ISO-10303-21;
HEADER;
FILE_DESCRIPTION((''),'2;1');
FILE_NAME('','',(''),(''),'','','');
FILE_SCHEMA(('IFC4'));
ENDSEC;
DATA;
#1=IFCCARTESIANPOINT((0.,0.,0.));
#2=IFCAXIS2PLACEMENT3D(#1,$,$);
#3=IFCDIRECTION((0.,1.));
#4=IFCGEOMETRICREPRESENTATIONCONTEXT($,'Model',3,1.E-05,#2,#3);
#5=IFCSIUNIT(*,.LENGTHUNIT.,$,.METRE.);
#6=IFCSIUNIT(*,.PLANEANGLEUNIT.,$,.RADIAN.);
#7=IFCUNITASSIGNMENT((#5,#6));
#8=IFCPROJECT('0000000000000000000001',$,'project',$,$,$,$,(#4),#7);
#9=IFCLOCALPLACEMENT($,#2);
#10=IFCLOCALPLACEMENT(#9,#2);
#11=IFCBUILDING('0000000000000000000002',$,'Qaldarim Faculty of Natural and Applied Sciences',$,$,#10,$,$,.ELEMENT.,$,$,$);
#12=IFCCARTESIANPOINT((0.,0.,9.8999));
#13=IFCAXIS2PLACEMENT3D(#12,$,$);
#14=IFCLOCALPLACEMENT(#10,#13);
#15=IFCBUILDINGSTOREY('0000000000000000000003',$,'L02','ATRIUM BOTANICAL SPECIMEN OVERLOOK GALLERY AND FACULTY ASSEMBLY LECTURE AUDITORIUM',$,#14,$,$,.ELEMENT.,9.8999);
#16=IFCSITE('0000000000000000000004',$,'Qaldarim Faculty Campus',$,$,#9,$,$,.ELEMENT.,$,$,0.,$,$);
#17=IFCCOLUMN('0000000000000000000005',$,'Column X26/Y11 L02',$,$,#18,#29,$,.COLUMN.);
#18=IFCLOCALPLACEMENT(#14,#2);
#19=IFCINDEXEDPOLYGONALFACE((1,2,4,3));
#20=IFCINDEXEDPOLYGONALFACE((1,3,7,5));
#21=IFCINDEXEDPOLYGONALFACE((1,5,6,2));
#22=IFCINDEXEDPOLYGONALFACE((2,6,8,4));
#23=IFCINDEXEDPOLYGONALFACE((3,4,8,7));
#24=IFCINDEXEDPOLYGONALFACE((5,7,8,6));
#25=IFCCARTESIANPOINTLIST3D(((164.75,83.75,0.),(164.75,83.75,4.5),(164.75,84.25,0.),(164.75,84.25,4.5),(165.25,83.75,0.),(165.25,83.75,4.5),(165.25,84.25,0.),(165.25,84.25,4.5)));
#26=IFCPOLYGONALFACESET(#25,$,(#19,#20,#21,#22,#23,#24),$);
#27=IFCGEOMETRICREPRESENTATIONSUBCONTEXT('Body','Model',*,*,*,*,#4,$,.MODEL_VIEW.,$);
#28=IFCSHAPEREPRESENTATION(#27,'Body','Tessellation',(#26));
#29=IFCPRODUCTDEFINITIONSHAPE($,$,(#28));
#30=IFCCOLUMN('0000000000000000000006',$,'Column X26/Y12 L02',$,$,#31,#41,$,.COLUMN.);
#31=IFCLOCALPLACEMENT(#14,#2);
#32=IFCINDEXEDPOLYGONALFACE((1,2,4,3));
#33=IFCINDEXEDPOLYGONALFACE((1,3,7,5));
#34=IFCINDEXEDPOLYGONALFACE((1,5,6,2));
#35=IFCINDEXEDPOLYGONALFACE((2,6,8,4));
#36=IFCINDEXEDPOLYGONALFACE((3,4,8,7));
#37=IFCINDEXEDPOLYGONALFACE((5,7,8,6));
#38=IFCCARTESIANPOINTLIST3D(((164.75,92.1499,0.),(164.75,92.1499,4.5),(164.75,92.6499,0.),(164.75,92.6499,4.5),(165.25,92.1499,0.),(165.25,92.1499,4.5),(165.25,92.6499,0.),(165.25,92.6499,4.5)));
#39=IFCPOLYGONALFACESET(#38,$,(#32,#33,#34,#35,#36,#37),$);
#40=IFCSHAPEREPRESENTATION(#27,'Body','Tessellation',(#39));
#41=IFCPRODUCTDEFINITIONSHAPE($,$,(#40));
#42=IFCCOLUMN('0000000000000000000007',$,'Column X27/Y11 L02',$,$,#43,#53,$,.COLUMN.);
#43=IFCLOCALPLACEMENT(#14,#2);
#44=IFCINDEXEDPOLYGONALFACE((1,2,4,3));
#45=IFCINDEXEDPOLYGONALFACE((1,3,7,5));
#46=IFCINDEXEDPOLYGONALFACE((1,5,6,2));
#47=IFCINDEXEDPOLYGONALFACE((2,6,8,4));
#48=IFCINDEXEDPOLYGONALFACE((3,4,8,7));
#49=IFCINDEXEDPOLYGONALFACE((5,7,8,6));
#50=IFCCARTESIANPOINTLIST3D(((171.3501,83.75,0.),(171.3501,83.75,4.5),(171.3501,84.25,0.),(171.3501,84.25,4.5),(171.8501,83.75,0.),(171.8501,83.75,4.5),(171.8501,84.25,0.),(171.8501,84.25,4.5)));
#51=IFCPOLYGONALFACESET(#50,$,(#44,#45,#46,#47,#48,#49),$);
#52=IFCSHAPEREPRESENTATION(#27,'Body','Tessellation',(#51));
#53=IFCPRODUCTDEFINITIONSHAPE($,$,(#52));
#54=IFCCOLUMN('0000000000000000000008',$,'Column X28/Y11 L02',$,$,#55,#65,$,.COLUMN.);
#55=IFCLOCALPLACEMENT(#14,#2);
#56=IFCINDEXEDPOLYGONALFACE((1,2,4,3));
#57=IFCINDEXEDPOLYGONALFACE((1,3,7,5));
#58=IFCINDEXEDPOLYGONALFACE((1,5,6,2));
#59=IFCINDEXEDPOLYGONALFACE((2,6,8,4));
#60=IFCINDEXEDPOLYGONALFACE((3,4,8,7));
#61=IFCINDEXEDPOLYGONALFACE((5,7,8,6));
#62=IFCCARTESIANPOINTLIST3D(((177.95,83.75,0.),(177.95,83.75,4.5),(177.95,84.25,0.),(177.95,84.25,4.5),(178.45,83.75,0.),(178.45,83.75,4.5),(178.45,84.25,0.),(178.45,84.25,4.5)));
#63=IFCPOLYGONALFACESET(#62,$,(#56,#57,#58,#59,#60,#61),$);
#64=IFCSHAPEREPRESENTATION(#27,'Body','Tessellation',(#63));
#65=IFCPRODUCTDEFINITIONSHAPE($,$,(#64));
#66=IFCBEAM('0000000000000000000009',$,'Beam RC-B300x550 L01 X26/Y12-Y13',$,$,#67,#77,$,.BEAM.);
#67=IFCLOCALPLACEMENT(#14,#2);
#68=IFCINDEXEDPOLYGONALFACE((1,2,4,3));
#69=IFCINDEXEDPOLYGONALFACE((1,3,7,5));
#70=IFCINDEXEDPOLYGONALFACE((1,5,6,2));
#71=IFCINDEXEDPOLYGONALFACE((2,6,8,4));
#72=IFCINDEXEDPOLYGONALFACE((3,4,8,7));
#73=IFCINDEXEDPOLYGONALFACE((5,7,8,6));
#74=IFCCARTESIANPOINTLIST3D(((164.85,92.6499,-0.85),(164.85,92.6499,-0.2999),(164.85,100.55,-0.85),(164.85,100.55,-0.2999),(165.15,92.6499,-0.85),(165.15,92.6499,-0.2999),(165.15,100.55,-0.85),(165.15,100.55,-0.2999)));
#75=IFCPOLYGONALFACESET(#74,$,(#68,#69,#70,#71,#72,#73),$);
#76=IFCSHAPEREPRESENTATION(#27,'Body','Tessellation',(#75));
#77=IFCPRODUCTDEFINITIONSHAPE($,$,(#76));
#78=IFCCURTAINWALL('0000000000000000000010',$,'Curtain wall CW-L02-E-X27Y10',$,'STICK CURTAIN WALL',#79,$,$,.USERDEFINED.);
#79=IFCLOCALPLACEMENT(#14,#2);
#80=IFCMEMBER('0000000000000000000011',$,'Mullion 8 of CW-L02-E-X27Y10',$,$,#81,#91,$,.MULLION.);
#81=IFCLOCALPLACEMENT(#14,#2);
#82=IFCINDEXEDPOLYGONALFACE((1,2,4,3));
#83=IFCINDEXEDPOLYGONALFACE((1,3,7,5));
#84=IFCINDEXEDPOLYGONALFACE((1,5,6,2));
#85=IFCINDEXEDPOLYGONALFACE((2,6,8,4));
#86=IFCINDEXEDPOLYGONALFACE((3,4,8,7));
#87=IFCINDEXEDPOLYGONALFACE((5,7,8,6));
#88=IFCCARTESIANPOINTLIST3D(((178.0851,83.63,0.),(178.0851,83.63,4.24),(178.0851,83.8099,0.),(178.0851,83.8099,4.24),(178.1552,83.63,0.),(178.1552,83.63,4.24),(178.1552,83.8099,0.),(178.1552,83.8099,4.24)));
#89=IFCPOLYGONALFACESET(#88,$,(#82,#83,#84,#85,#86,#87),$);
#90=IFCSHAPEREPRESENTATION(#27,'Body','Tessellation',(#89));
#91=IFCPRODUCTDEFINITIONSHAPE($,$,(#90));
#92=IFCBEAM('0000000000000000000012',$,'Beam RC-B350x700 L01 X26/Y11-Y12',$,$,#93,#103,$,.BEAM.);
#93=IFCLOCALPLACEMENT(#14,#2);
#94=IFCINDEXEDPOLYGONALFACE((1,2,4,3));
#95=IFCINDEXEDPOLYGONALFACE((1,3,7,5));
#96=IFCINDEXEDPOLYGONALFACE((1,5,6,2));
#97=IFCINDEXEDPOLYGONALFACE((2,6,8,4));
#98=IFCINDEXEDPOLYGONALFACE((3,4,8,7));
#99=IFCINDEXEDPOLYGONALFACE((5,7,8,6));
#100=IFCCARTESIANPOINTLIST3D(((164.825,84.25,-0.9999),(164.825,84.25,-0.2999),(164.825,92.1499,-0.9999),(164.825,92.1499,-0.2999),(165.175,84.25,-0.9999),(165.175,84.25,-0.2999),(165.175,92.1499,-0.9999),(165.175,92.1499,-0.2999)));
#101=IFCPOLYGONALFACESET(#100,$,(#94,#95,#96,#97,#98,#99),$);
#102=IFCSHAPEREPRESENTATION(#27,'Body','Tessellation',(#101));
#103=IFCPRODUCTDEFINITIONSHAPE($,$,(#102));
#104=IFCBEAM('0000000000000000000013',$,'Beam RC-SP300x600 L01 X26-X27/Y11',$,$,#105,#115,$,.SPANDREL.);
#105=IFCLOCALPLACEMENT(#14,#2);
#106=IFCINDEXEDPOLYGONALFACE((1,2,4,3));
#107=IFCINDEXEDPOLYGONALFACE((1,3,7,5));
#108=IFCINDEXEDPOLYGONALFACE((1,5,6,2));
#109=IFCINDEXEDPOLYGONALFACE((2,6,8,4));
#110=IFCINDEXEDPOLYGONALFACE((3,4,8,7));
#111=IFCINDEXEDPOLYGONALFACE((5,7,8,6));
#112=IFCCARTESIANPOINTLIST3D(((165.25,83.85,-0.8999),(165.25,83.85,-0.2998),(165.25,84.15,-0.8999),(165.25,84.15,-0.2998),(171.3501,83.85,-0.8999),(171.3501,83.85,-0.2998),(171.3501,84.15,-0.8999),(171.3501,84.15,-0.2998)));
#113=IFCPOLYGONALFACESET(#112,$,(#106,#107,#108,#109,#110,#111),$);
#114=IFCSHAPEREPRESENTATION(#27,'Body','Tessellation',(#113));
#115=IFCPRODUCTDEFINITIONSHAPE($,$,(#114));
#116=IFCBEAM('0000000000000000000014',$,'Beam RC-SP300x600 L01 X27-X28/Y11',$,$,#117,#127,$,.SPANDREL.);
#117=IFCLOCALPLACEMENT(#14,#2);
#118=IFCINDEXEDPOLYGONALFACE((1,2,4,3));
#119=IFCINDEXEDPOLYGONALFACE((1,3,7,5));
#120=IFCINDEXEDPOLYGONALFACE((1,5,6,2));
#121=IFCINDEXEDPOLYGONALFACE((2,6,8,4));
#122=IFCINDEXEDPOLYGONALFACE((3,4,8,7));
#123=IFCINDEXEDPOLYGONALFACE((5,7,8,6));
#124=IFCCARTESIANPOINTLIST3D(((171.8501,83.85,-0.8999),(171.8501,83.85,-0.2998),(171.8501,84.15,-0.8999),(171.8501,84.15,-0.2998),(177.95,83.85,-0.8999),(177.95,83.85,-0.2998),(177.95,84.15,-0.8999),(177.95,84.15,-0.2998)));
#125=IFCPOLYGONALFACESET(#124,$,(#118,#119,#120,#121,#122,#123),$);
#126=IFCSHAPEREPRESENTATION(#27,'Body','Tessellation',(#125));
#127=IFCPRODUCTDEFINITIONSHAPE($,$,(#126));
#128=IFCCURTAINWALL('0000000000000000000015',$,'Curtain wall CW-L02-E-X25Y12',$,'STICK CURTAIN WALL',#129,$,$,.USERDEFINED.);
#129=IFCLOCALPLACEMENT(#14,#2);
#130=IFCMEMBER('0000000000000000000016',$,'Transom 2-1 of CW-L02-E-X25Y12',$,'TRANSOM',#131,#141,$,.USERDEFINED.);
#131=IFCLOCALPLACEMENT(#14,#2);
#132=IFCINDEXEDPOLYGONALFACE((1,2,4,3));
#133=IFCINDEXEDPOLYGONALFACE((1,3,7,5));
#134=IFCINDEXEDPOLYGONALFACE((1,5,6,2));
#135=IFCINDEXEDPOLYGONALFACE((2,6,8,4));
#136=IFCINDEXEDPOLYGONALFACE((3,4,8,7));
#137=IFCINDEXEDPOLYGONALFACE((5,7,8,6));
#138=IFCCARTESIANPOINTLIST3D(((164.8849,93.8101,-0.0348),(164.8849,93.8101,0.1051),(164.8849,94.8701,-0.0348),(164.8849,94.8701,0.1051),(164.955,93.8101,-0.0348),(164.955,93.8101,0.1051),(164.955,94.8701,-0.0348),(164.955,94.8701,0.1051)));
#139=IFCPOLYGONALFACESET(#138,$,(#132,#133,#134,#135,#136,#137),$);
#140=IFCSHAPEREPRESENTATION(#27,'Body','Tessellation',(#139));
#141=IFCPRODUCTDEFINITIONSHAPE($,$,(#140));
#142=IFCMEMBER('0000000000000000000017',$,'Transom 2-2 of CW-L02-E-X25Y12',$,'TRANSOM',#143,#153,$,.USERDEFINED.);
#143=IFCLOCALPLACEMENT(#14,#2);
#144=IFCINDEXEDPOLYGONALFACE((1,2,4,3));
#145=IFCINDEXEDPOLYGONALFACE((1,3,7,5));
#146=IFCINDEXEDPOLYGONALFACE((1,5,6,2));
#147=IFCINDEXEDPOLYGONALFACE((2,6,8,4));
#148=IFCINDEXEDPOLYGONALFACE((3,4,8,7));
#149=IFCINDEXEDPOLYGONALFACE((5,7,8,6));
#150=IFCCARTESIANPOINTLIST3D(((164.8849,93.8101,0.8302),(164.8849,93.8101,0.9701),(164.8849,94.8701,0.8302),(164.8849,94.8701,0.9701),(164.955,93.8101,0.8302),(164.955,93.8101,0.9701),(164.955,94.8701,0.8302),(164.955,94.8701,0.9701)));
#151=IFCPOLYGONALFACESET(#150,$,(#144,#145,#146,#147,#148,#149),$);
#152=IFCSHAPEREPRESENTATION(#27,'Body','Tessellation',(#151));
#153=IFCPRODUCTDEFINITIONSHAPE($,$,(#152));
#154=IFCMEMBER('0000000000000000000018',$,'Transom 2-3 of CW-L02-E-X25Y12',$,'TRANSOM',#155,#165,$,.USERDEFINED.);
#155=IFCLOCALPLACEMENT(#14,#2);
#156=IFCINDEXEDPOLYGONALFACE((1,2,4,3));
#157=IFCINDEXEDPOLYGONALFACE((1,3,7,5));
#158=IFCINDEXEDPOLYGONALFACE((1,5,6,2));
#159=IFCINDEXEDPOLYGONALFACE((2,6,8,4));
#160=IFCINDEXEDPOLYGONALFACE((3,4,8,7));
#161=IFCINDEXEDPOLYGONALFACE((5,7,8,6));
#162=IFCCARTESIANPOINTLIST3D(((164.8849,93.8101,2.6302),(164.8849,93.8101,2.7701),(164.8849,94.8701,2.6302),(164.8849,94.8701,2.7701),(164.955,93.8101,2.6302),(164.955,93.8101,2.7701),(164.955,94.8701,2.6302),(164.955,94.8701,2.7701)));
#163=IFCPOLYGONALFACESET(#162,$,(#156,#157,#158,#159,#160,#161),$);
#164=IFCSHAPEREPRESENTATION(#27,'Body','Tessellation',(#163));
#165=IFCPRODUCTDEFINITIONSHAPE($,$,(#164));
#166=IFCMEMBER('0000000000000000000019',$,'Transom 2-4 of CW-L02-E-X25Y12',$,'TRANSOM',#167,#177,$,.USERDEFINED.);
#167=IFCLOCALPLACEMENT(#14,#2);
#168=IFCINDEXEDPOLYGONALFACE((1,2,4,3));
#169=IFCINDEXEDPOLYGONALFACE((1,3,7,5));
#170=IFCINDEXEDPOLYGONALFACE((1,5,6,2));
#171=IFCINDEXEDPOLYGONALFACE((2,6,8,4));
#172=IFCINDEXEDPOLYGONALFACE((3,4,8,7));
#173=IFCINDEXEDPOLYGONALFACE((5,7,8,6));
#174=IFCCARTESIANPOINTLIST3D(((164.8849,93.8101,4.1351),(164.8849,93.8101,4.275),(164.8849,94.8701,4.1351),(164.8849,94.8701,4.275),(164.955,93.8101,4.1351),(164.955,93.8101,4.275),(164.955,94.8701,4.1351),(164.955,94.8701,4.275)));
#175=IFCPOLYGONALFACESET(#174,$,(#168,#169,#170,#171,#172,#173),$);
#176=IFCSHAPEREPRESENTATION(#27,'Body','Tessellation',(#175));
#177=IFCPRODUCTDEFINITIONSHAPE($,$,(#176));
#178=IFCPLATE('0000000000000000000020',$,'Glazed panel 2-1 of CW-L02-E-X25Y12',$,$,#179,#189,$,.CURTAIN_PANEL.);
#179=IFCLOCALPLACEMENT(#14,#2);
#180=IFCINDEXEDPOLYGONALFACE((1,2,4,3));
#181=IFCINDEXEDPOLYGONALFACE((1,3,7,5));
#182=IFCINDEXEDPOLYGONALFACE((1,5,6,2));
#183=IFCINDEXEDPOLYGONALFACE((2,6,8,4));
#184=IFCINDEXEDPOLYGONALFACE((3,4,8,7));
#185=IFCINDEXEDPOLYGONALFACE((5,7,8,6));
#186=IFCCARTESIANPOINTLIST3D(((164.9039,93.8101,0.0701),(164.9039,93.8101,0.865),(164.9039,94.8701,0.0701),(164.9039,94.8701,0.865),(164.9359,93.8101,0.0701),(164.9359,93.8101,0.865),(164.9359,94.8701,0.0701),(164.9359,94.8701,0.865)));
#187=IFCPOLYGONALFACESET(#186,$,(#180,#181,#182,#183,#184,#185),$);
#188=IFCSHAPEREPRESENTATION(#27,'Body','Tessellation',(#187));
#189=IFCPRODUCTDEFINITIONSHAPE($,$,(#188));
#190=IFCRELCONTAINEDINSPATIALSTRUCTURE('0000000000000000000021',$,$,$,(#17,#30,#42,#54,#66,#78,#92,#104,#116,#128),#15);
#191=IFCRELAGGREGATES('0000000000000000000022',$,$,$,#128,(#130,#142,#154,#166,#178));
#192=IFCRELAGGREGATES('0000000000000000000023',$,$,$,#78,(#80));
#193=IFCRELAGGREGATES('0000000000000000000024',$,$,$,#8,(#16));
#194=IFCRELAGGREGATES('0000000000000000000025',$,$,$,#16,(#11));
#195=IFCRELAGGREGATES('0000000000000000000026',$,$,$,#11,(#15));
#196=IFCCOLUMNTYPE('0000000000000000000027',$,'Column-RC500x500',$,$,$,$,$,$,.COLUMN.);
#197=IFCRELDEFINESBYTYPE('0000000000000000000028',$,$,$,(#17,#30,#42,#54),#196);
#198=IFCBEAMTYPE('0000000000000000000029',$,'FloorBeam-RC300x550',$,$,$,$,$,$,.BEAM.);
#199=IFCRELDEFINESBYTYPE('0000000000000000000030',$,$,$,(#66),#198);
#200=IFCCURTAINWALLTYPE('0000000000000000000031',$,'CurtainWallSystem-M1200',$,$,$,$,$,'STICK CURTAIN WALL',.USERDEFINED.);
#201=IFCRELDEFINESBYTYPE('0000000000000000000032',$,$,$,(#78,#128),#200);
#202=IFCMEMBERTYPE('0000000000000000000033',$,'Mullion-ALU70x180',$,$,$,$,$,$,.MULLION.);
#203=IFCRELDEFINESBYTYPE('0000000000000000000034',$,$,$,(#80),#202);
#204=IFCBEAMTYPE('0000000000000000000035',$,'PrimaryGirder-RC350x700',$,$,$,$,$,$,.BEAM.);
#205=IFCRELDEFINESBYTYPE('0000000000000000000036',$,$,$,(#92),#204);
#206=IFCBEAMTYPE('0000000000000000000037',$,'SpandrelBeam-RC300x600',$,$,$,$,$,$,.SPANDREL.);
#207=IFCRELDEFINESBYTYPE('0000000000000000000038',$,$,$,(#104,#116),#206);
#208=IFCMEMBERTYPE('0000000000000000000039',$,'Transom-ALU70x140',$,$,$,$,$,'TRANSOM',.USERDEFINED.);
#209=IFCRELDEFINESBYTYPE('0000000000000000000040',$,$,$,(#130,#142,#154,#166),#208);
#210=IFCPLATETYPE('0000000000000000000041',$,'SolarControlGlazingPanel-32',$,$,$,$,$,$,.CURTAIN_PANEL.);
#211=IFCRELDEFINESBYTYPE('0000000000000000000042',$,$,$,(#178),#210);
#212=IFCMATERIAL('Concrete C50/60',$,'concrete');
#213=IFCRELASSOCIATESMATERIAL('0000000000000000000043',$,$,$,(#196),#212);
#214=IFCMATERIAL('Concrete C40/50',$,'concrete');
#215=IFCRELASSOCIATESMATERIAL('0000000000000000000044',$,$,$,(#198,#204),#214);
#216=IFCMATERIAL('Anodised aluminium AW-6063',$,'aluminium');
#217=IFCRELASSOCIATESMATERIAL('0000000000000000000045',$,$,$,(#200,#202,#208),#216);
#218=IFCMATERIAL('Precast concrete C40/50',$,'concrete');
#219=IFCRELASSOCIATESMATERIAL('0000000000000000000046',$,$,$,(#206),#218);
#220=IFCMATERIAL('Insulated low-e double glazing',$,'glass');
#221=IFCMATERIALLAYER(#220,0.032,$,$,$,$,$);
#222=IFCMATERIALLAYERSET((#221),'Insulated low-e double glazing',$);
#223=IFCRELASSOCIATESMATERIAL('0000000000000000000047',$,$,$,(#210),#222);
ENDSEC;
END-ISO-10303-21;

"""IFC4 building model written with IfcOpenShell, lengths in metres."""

from ifc_helpers import new_model, si_unit, direction, frame, origin, origin_2d, place, context, subcontext, project, spatial, rectangle, extrude, material, layer, layer_set, material_profile, profile_set, type_object, element, aggregate, save


model = new_model("IFC4")

# Units and contexts
model_context = context("Model", 3, precision=1e-05, world=origin(), true_north=direction((0.0, 1.0)))
body_context = subcontext(model_context, "Body", "Model", "MODEL_VIEW")
ifc_project = project(units=[si_unit("LENGTHUNIT", "METRE"), si_unit("PLANEANGLEUNIT", "RADIAN")], contexts=[model_context])

# Site, building, storey
site_placement = place(None, origin())
site = spatial("IfcSite", under=ifc_project, at=site_placement, Name="Qaldarim Faculty Campus", CompositionType="ELEMENT", RefElevation=0.0)
building_placement = place(site_placement, origin())
building = spatial("IfcBuilding", under=site, at=building_placement, Name="Qaldarim Faculty of Natural and Applied Sciences", CompositionType="ELEMENT")
storey_placement = place(building_placement, frame((0.0, 0.0, 9.8999)))
storey = spatial("IfcBuildingStorey", under=building, at=storey_placement, Name="L02", Description="ATRIUM BOTANICAL SPECIMEN OVERLOOK GALLERY AND FACULTY ASSEMBLY LECTURE AUDITORIUM", CompositionType="ELEMENT", Elevation=9.8999)

# Columns
ifc_material_1 = material(Name="Concrete C50/60", Category="concrete")
ifc_material_profile_1 = material_profile(ifc_material_1, rectangle(XDim=0.5, YDim=0.5, at=origin_2d()), Name="RC-C500x500")
ifc_profile_set_1 = profile_set([ifc_material_profile_1], Name="Concrete C50/60")
column_type = type_object("IfcColumnType", Name="Column-RC500x500", PredefinedType="COLUMN", material=ifc_profile_set_1)
for number, where, z_axis, x_axis, name in (
    (1, (165.0, 84.0, 0.0), (0.0, 0.0, 1.0), (1.0, 0.0, 0.0), "Column X26/Y11 L02"),
    (2, (165.0, 92.3999, 0.0), (0.0, 0.0, 1.0), (1.0, 0.0, 0.0), "Column X26/Y12 L02"),
    (3, (171.6001, 84.0, 0.0), (0.0, 0.0, 1.0), (1.0, 0.0, 0.0), "Column X27/Y11 L02"),
    (4, (178.2, 84.0, 0.0), (0.0, 0.0, 1.0), (1.0, 0.0, 0.0), "Column X28/Y11 L02"),
):
    element("IfcColumn", number, at=place(storey_placement, frame(where, z_axis=z_axis, x_axis=x_axis)), inside=storey, type_object=column_type, Name=name, PredefinedType="COLUMN", context=body_context, shape_type="SweptSolid", body=[
        extrude(rectangle(XDim=0.5, YDim=0.5, at=origin_2d()), origin(), (0.0, 0.0, 1.0), 4.5),
    ])

# Beam
ifc_material_2 = material(Name="Concrete C40/50", Category="concrete")
ifc_material_profile_2 = material_profile(ifc_material_2, rectangle(XDim=0.3, YDim=0.55, at=origin_2d()), Name="RC-B300x550")
ifc_profile_set_2 = profile_set([ifc_material_profile_2], Name="Concrete C40/50")
beam_type_1 = type_object("IfcBeamType", Name="FloorBeam-RC300x550", PredefinedType="BEAM", material=ifc_profile_set_2)
beam_1_placement = place(storey_placement, frame((165.0, 92.6499, -0.575), z_axis=(0.0, 1.0, 0.0), x_axis=(-1.0, 0.0, 0.0)))
element("IfcBeam", 5, at=beam_1_placement, inside=storey, type_object=beam_type_1, Name="Beam RC-B300x550 L01 X26/Y12-Y13", PredefinedType="BEAM", context=body_context, shape_type="SweptSolid", body=[
    extrude(rectangle(XDim=0.3, YDim=0.55, at=origin_2d()), origin(), (0.0, 0.0, 1.0), 7.9001),
])

# Curtain wall, member
ifc_material_3 = material(Name="Anodised aluminium AW-6063", Category="aluminium")
curtain_wall_type = type_object("IfcCurtainWallType", Name="CurtainWallSystem-M1200", ElementType="STICK CURTAIN WALL", PredefinedType="USERDEFINED", material=ifc_material_3)
curtain_wall_1_placement = place(storey_placement, origin())
curtain_wall_1 = element("IfcCurtainWall", 6, at=curtain_wall_1_placement, inside=storey, type_object=curtain_wall_type, Name="Curtain wall CW-L02-E-X27Y10", ObjectType="STICK CURTAIN WALL", PredefinedType="USERDEFINED")
ifc_material_profile_3 = material_profile(ifc_material_3, rectangle(XDim=0.0701, YDim=0.1799, at=origin_2d()), Name="ALU-M70x180")
ifc_profile_set_3 = profile_set([ifc_material_profile_3], Name="Anodised aluminium AW-6063")
member_type_1 = type_object("IfcMemberType", Name="Mullion-ALU70x180", PredefinedType="MULLION", material=ifc_profile_set_3)
member_1_placement = place(storey_placement, frame((178.1201, 83.72, 0.0), z_axis=(0.0, 0.0, 1.0), x_axis=(-1.0, 0.0, 0.0)))
member_1 = element("IfcMember", 7, at=member_1_placement, type_object=member_type_1, Name="Mullion 8 of CW-L02-E-X27Y10", PredefinedType="MULLION", context=body_context, shape_type="SweptSolid", body=[
    extrude(rectangle(XDim=0.0701, YDim=0.1799, at=origin_2d()), origin(), (0.0, 0.0, 1.0), 4.24),
])

# Beams
ifc_material_profile_4 = material_profile(ifc_material_2, rectangle(XDim=0.3501, YDim=0.7, at=origin_2d()), Name="RC-B350x700")
ifc_profile_set_4 = profile_set([ifc_material_profile_4], Name="Concrete C40/50")
beam_type_2 = type_object("IfcBeamType", Name="PrimaryGirder-RC350x700", PredefinedType="BEAM", material=ifc_profile_set_4)
beam_2_placement = place(storey_placement, frame((165.0, 84.25, -0.6499), z_axis=(0.0, 1.0, 0.0), x_axis=(-1.0, 0.0, 0.0)))
element("IfcBeam", 8, at=beam_2_placement, inside=storey, type_object=beam_type_2, Name="Beam RC-B350x700 L01 X26/Y11-Y12", PredefinedType="BEAM", context=body_context, shape_type="SweptSolid", body=[
    extrude(rectangle(XDim=0.3501, YDim=0.7, at=origin_2d()), origin(), (0.0, 0.0, 1.0), 7.8999),
])
ifc_material_4 = material(Name="Precast concrete C40/50", Category="concrete")
ifc_material_profile_5 = material_profile(ifc_material_4, rectangle(XDim=0.3, YDim=0.6001, at=origin_2d()), Name="RC-SP300x600")
ifc_profile_set_5 = profile_set([ifc_material_profile_5], Name="Precast concrete C40/50")
beam_type_3 = type_object("IfcBeamType", Name="SpandrelBeam-RC300x600", PredefinedType="SPANDREL", material=ifc_profile_set_5)
beam_3_placement = place(storey_placement, frame((165.25, 84.0, -0.5999), z_axis=(1.0, 0.0, 0.0), x_axis=(0.0, 1.0, 0.0)))
element("IfcBeam", 9, at=beam_3_placement, inside=storey, type_object=beam_type_3, Name="Beam RC-SP300x600 L01 X26-X27/Y11", PredefinedType="SPANDREL", context=body_context, shape_type="SweptSolid", body=[
    extrude(rectangle(XDim=0.3, YDim=0.6001, at=origin_2d()), origin(), (0.0, 0.0, 1.0), 6.1001),
])
beam_4_placement = place(storey_placement, frame((171.8501, 84.0, -0.5999), z_axis=(1.0, 0.0, 0.0), x_axis=(0.0, 1.0, 0.0)))
element("IfcBeam", 10, at=beam_4_placement, inside=storey, type_object=beam_type_3, Name="Beam RC-SP300x600 L01 X27-X28/Y11", PredefinedType="SPANDREL", context=body_context, shape_type="SweptSolid", body=[
    extrude(rectangle(XDim=0.3, YDim=0.6001, at=origin_2d()), origin(), (0.0, 0.0, 1.0), 6.0999),
])

# Curtain wall, members, plate
curtain_wall_2_placement = place(storey_placement, origin())
curtain_wall_2 = element("IfcCurtainWall", 11, at=curtain_wall_2_placement, inside=storey, type_object=curtain_wall_type, Name="Curtain wall CW-L02-E-X25Y12", ObjectType="STICK CURTAIN WALL", PredefinedType="USERDEFINED")
ifc_material_profile_6 = material_profile(ifc_material_3, rectangle(XDim=0.0701, YDim=0.1399, at=origin_2d()), Name="ALU-T70x140")
ifc_profile_set_6 = profile_set([ifc_material_profile_6], Name="Anodised aluminium AW-6063")
member_type_2 = type_object("IfcMemberType", Name="Transom-ALU70x140", ElementType="TRANSOM", PredefinedType="USERDEFINED", material=ifc_profile_set_6)
member_2_placement = place(storey_placement, frame((164.9199, 93.8101, 0.0352), z_axis=(0.0, 1.0, 0.0), x_axis=(-1.0, 0.0, 0.0)))
member_2 = element("IfcMember", 12, at=member_2_placement, type_object=member_type_2, Name="Transom 2-1 of CW-L02-E-X25Y12", ObjectType="TRANSOM", PredefinedType="USERDEFINED", context=body_context, shape_type="SweptSolid", body=[
    extrude(rectangle(XDim=0.0701, YDim=0.1399, at=origin_2d()), origin(), (0.0, 0.0, 1.0), 1.0601),
])
member_3_placement = place(storey_placement, frame((164.9199, 93.8101, 0.9001), z_axis=(0.0, 1.0, 0.0), x_axis=(-1.0, 0.0, 0.0)))
member_3 = element("IfcMember", 13, at=member_3_placement, type_object=member_type_2, Name="Transom 2-2 of CW-L02-E-X25Y12", ObjectType="TRANSOM", PredefinedType="USERDEFINED", context=body_context, shape_type="SweptSolid", body=[
    extrude(rectangle(XDim=0.0701, YDim=0.1399, at=origin_2d()), origin(), (0.0, 0.0, 1.0), 1.0601),
])
member_4_placement = place(storey_placement, frame((164.9199, 93.8101, 2.7002), z_axis=(0.0, 1.0, 0.0), x_axis=(-1.0, 0.0, 0.0)))
member_4 = element("IfcMember", 14, at=member_4_placement, type_object=member_type_2, Name="Transom 2-3 of CW-L02-E-X25Y12", ObjectType="TRANSOM", PredefinedType="USERDEFINED", context=body_context, shape_type="SweptSolid", body=[
    extrude(rectangle(XDim=0.0701, YDim=0.1399, at=origin_2d()), origin(), (0.0, 0.0, 1.0), 1.0601),
])
member_5_placement = place(storey_placement, frame((164.9199, 93.8101, 4.2051), z_axis=(0.0, 1.0, 0.0), x_axis=(-1.0, 0.0, 0.0)))
member_5 = element("IfcMember", 15, at=member_5_placement, type_object=member_type_2, Name="Transom 2-4 of CW-L02-E-X25Y12", ObjectType="TRANSOM", PredefinedType="USERDEFINED", context=body_context, shape_type="SweptSolid", body=[
    extrude(rectangle(XDim=0.0701, YDim=0.1399, at=origin_2d()), origin(), (0.0, 0.0, 1.0), 1.0601),
])
ifc_material_5 = material(Name="Insulated low-e double glazing", Category="glass")
ifc_layer_1 = layer(ifc_material_5, 0.032)
ifc_layer_set_1 = layer_set([ifc_layer_1], Name="Insulated low-e double glazing")
plate_type = type_object("IfcPlateType", Name="SolarControlGlazingPanel-32", PredefinedType="CURTAIN_PANEL", material=ifc_layer_set_1)
plate_1_placement = place(storey_placement, frame((164.9199, 94.3401, 0.0701), z_axis=(0.0, 0.0, 1.0), x_axis=(0.0, 1.0, 0.0)))
plate_1 = element("IfcPlate", 16, at=plate_1_placement, type_object=plate_type, Name="Glazed panel 2-1 of CW-L02-E-X25Y12", PredefinedType="CURTAIN_PANEL", context=body_context, shape_type="SweptSolid", body=[
    extrude(rectangle(XDim=1.0601, YDim=0.032, at=origin_2d()), origin(), (0.0, 0.0, 1.0), 0.7949),
])
aggregate(curtain_wall_2, [member_2, member_3, member_4, member_5, plate_1])

aggregate(curtain_wall_1, [member_1])

save(model, "model.ifc")
